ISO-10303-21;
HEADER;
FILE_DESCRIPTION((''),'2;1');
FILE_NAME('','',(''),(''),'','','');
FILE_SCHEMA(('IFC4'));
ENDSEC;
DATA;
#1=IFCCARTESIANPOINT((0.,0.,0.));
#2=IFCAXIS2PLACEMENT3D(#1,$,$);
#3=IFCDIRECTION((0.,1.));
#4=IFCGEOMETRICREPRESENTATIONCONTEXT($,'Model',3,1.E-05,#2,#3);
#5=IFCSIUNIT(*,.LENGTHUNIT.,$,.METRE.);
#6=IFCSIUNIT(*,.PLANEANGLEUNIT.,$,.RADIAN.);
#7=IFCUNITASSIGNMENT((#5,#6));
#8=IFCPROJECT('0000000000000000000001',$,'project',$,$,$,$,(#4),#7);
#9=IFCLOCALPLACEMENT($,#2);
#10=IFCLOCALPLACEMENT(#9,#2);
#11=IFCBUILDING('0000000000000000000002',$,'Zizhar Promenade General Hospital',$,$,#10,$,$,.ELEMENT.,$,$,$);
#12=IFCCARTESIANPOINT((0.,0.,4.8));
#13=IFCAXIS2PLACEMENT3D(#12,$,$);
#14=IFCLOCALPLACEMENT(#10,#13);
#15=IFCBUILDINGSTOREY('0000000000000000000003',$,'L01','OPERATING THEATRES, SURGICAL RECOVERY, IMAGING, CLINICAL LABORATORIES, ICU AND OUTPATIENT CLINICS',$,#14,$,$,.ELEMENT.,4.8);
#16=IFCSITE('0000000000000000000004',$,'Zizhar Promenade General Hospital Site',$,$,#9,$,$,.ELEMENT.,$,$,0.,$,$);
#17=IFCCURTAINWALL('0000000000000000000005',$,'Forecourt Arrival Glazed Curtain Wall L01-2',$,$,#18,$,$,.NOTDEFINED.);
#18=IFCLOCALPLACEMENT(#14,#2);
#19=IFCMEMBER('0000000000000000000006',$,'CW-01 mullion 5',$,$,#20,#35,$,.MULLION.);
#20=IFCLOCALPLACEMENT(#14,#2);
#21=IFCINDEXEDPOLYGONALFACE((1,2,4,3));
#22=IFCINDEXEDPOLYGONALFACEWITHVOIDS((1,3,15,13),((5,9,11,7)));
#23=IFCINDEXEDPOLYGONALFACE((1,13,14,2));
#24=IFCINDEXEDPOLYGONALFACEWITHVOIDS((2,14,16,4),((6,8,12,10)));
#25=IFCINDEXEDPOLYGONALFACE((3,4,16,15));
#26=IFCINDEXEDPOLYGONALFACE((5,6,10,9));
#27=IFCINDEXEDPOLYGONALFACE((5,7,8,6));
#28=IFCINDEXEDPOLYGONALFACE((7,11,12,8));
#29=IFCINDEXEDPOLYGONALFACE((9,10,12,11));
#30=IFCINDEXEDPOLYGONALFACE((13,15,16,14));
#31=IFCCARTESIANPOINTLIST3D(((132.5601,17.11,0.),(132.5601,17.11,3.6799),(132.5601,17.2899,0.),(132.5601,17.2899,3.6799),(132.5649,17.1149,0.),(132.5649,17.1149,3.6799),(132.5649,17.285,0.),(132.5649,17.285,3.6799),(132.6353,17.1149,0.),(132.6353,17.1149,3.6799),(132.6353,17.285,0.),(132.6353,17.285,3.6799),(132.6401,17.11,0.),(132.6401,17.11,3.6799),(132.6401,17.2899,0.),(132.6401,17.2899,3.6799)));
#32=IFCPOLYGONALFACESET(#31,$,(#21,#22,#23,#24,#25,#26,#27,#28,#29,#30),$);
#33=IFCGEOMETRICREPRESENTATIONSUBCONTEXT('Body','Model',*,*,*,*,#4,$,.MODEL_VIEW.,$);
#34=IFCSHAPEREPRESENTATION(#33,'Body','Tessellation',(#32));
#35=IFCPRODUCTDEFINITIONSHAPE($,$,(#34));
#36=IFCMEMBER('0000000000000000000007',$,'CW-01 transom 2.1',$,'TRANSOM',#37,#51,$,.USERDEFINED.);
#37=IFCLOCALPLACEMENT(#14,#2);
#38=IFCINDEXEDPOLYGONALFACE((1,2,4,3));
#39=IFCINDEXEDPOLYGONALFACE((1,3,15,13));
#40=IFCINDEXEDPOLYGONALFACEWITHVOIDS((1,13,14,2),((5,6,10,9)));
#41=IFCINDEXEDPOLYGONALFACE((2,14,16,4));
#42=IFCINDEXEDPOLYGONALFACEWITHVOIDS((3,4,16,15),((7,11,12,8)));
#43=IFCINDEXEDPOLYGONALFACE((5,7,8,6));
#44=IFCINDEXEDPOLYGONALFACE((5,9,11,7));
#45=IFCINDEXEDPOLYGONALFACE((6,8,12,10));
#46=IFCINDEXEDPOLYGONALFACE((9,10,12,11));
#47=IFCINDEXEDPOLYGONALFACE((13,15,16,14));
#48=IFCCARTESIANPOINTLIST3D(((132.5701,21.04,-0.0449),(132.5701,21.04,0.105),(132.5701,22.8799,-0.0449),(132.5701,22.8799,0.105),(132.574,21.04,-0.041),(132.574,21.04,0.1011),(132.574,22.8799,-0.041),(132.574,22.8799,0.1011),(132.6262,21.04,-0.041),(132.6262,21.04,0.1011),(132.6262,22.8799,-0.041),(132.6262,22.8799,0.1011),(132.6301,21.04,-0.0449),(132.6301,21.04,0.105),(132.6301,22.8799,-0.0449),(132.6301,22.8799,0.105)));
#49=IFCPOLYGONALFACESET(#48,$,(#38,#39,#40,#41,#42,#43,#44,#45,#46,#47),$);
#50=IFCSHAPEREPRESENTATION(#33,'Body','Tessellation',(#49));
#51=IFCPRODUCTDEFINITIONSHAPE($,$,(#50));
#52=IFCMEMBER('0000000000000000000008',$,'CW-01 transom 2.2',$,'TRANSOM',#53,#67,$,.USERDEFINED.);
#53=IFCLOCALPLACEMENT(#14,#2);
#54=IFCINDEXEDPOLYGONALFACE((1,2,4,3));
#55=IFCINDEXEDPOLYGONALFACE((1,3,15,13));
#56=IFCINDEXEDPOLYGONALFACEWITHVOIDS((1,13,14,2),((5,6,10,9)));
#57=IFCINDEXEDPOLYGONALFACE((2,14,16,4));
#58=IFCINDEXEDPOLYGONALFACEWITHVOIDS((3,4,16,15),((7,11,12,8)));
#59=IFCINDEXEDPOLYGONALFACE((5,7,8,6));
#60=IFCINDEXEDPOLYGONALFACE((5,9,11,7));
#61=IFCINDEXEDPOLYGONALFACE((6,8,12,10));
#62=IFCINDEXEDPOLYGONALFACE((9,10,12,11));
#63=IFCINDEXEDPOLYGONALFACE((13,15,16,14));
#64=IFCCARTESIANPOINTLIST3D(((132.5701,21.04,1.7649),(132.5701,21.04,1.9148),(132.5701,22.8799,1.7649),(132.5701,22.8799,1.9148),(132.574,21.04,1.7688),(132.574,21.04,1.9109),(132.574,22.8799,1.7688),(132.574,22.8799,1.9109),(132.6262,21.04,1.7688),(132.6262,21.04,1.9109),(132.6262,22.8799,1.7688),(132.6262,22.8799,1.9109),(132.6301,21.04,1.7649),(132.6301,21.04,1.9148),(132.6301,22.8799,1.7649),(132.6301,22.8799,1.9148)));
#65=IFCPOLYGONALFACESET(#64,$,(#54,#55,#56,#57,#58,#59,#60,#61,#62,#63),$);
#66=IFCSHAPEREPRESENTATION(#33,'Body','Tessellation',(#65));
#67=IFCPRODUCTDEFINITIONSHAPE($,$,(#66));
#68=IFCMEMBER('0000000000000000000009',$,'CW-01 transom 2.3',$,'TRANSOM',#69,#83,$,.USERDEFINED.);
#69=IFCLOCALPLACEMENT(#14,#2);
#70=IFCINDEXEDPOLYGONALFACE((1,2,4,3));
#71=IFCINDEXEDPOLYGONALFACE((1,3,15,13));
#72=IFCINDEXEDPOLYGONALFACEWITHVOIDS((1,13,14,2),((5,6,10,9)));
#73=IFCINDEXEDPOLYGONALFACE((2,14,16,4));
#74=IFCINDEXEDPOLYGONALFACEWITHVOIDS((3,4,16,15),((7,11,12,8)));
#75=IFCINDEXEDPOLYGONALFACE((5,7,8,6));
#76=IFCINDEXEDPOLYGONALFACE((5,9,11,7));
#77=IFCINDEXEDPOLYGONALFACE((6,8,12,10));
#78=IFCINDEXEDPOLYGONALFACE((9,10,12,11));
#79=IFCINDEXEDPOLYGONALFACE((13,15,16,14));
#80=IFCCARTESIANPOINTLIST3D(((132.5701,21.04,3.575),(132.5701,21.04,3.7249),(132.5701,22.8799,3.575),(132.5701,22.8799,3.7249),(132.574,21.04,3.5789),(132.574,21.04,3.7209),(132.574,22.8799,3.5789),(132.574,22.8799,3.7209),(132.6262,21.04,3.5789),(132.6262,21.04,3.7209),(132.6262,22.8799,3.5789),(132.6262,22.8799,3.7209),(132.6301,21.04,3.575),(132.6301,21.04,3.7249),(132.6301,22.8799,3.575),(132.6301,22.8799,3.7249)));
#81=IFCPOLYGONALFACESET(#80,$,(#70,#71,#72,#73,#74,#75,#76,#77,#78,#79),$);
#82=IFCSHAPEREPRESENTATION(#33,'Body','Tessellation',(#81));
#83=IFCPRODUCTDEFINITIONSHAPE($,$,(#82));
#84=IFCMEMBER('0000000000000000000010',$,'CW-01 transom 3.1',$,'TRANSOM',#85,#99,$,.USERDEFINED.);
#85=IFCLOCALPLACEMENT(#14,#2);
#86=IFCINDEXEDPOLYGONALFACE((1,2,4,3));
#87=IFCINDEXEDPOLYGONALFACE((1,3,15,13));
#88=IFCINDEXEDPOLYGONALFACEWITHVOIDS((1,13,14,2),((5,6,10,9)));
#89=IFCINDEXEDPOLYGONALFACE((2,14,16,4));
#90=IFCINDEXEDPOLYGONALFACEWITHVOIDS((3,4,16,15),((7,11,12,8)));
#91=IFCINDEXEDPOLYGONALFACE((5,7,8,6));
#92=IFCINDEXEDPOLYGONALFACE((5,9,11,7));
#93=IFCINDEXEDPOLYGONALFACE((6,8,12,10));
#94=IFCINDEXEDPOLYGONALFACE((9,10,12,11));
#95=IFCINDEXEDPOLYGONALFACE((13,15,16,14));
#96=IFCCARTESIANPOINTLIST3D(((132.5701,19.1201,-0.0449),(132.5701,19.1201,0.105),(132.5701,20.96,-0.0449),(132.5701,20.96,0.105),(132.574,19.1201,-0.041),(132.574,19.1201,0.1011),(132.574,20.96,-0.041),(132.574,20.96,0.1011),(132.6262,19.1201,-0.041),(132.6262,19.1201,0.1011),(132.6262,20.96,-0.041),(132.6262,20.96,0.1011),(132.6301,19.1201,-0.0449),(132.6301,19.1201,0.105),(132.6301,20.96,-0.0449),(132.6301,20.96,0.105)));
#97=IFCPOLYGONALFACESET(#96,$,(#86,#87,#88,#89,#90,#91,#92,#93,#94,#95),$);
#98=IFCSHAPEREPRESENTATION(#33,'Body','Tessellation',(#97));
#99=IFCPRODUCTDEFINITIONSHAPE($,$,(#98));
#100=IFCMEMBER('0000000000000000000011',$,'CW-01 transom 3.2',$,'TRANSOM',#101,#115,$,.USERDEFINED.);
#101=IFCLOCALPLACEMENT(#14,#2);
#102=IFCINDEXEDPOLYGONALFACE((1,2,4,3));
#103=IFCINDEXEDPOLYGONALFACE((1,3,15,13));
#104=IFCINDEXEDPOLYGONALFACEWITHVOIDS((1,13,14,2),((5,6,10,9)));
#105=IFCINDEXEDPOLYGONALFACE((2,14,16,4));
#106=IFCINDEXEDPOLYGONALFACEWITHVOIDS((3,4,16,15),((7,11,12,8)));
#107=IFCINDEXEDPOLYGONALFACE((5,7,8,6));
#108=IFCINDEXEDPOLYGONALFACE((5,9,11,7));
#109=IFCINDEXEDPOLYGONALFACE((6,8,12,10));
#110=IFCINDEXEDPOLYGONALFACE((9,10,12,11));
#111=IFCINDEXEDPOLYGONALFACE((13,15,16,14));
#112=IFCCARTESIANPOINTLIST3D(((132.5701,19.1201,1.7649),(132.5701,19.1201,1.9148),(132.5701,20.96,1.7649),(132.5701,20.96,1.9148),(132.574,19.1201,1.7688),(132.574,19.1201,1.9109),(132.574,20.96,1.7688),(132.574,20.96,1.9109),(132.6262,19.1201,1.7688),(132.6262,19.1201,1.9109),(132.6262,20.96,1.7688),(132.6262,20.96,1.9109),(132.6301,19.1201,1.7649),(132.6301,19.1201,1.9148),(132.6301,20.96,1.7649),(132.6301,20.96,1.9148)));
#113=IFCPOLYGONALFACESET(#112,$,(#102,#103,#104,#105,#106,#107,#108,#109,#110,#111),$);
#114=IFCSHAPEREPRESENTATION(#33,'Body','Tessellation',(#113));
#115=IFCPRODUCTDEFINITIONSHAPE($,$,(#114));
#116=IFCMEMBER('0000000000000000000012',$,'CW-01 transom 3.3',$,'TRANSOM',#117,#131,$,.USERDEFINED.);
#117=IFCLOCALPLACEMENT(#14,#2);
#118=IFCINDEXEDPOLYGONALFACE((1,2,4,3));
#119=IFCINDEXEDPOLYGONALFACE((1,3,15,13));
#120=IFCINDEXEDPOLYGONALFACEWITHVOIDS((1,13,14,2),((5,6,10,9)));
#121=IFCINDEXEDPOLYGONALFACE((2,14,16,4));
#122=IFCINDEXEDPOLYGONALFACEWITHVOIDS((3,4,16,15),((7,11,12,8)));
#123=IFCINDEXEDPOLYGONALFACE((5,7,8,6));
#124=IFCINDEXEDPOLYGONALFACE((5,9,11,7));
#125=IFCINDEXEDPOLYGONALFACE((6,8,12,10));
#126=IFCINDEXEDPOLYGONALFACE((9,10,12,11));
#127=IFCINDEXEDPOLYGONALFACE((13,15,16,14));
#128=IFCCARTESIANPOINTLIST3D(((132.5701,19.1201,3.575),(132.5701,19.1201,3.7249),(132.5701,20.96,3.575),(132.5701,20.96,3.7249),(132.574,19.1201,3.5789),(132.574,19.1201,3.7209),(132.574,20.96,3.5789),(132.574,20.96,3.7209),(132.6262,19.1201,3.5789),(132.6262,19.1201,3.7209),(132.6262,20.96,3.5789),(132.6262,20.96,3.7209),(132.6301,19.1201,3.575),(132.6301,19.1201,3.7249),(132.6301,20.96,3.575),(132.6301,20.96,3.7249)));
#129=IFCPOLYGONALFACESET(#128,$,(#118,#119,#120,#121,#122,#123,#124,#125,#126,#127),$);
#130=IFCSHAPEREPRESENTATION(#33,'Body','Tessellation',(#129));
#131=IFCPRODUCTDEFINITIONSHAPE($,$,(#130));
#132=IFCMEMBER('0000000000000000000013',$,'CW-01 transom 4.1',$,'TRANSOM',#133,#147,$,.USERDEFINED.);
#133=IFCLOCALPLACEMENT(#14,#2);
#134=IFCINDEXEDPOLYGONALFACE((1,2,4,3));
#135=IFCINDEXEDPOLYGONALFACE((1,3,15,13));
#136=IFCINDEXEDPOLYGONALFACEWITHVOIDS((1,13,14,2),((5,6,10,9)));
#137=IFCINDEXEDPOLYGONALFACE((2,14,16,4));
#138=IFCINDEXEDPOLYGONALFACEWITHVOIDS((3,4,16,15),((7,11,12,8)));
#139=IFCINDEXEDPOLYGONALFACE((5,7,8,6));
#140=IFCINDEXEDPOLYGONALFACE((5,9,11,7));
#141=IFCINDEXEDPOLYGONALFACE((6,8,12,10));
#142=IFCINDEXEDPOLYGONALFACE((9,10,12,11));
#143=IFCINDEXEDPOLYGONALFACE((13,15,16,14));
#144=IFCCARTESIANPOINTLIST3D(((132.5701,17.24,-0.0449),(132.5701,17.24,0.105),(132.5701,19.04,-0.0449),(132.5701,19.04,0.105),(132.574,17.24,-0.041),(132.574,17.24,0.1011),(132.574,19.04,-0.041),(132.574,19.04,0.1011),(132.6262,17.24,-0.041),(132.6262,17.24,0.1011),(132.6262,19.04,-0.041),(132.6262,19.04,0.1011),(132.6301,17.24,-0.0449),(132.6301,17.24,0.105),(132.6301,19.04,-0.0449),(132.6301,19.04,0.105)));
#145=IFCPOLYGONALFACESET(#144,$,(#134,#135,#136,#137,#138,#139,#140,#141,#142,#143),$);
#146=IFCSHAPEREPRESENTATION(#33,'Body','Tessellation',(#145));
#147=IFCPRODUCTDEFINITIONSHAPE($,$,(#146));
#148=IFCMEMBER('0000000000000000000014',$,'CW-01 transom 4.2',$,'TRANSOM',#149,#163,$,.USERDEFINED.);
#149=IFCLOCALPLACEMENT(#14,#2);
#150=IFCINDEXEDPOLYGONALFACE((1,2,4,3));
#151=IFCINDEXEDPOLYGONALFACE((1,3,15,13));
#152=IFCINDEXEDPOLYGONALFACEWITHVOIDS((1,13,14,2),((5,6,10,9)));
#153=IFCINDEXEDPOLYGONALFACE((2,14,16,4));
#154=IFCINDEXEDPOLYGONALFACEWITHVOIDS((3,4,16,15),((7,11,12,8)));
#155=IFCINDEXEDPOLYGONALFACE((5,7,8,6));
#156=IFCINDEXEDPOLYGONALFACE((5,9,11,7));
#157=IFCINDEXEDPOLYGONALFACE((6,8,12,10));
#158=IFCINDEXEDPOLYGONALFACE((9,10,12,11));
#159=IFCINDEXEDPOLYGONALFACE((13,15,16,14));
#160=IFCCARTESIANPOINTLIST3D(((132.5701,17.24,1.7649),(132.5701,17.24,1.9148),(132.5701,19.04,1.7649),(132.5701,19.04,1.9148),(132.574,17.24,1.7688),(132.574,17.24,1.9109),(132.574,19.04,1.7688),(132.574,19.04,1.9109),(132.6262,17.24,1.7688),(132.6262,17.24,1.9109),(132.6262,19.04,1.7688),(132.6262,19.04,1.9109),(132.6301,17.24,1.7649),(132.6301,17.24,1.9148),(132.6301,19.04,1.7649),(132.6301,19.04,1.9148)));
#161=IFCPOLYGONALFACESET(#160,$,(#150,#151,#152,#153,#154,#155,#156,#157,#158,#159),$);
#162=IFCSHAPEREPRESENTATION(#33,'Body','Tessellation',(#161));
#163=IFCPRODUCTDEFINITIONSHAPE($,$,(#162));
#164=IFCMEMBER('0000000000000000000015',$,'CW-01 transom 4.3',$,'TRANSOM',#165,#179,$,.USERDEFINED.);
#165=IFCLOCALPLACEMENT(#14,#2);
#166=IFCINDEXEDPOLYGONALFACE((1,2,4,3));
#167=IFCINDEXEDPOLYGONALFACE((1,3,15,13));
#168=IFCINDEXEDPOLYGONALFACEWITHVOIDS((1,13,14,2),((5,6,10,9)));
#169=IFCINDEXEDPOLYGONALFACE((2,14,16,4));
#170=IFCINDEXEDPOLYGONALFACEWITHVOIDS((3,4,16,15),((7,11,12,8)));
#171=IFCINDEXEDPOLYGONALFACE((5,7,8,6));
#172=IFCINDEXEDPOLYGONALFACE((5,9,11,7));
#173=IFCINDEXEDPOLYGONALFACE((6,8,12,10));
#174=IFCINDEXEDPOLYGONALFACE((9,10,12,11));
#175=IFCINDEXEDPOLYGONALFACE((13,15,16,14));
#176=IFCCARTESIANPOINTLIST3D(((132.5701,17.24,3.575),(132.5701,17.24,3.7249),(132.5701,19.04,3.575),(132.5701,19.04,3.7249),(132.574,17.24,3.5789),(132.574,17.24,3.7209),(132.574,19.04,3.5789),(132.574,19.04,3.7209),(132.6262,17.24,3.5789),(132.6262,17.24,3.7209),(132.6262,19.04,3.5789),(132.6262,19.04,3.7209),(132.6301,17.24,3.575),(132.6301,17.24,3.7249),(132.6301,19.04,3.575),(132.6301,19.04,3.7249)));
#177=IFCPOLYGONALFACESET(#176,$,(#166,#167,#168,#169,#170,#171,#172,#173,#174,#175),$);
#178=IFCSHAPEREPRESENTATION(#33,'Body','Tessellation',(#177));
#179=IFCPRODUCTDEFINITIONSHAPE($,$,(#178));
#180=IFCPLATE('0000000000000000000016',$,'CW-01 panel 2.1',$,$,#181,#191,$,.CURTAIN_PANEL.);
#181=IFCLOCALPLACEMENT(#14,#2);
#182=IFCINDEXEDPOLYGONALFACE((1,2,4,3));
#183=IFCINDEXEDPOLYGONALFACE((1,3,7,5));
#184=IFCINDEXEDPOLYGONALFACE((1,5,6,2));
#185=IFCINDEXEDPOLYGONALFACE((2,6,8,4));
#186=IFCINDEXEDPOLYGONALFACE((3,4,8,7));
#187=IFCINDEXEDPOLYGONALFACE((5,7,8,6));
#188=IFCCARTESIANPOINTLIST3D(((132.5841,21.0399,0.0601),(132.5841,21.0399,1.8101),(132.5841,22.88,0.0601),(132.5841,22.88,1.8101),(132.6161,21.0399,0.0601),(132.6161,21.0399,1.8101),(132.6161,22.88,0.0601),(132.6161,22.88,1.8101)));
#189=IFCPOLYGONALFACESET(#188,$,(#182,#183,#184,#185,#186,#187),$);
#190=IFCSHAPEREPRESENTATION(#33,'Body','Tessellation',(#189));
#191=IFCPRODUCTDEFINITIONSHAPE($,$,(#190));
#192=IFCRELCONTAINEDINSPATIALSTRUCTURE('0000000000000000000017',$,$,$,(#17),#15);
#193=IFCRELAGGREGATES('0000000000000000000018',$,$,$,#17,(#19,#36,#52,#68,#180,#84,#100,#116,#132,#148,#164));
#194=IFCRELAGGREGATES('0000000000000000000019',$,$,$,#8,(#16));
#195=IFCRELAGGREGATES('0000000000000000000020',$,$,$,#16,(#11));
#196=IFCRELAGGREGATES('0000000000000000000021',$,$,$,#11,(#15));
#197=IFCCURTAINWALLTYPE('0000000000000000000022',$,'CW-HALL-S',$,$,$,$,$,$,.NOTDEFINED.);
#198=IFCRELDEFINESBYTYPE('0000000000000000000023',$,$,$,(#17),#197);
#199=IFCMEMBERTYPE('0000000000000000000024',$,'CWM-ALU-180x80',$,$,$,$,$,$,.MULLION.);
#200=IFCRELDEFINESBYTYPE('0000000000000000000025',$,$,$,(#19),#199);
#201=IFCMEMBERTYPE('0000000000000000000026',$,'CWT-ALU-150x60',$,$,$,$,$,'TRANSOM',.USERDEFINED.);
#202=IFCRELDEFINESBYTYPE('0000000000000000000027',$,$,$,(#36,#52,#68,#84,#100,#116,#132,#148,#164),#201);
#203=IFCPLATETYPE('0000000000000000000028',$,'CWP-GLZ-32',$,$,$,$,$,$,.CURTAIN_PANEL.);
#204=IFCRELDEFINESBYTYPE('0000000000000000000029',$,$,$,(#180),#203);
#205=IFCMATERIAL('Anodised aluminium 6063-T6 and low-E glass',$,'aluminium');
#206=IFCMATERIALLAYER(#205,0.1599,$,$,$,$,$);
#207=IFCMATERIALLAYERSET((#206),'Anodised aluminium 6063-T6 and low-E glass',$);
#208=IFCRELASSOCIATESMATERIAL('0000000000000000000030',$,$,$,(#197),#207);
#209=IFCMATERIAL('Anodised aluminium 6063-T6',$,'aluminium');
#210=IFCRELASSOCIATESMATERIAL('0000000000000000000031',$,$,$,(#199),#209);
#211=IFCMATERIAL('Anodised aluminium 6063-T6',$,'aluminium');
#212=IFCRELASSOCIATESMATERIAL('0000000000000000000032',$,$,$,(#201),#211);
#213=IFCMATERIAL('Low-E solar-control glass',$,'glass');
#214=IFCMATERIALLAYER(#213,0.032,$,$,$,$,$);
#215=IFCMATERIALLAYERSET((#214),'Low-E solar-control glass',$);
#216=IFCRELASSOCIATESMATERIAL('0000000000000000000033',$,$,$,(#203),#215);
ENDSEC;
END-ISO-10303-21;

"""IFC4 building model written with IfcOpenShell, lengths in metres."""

from ifc_helpers import new_model, si_unit, direction, frame, origin, origin_2d, place, context, subcontext, project, spatial, rectangle, hollow_rectangle, extrude, material, layer, layer_set, material_profile, profile_set, type_object, element, aggregate, save


model = new_model("IFC4")

# Units and contexts
model_context = context("Model", 3, precision=1e-05, world=origin(), true_north=direction((0.0, 1.0)))
body_context = subcontext(model_context, "Body", "Model", "MODEL_VIEW")
ifc_project = project(units=[si_unit("LENGTHUNIT", "METRE"), si_unit("PLANEANGLEUNIT", "RADIAN")], contexts=[model_context])

# Site, building, storey
site_placement = place(None, origin())
site = spatial("IfcSite", under=ifc_project, at=site_placement, Name="Zizhar Promenade General Hospital Site", CompositionType="ELEMENT", RefElevation=0.0)
building_placement = place(site_placement, origin())
building = spatial("IfcBuilding", under=site, at=building_placement, Name="Zizhar Promenade General Hospital", CompositionType="ELEMENT")
storey_placement = place(building_placement, frame((0.0, 0.0, 4.8)))
storey = spatial("IfcBuildingStorey", under=building, at=storey_placement, Name="L01", Description="OPERATING THEATRES, SURGICAL RECOVERY, IMAGING, CLINICAL LABORATORIES, ICU AND OUTPATIENT CLINICS", CompositionType="ELEMENT", Elevation=4.8)

# Curtain wall, members, plate
ifc_material_1 = material(Name="Anodised aluminium 6063-T6 and low-E glass", Category="aluminium")
ifc_layer_1 = layer(ifc_material_1, 0.1599)
ifc_layer_set_1 = layer_set([ifc_layer_1], Name="Anodised aluminium 6063-T6 and low-E glass")
curtain_wall_type = type_object("IfcCurtainWallType", Name="CW-HALL-S", PredefinedType="NOTDEFINED", material=ifc_layer_set_1)
curtain_wall_placement = place(storey_placement, origin())
curtain_wall = element("IfcCurtainWall", 1, at=curtain_wall_placement, inside=storey, type_object=curtain_wall_type, Name="Forecourt Arrival Glazed Curtain Wall L01-2", PredefinedType="NOTDEFINED")
ifc_material_2 = material(Name="Anodised aluminium 6063-T6", Category="aluminium")
ifc_material_profile_1 = material_profile(ifc_material_2, hollow_rectangle(XDim=0.0801, YDim=0.1799, WallThickness=0.0049, at=origin_2d()))
ifc_profile_set_1 = profile_set([ifc_material_profile_1], Name="Anodised aluminium 6063-T6")
member_type_1 = type_object("IfcMemberType", Name="CWM-ALU-180x80", PredefinedType="MULLION", material=ifc_profile_set_1)
member_1_placement = place(storey_placement, frame((132.6001, 17.2, 0.0), z_axis=(0.0, 0.0, 1.0), x_axis=(1.0, 0.0, 0.0)))
member_1 = element("IfcMember", 2, at=member_1_placement, type_object=member_type_1, Name="CW-01 mullion 5", PredefinedType="MULLION", context=body_context, shape_type="SweptSolid", body=[
    extrude(hollow_rectangle(XDim=0.0801, YDim=0.1799, WallThickness=0.0049, at=origin_2d()), origin(), (0.0, 0.0, 1.0), 3.6799),
])
ifc_material_3 = material(Name="Anodised aluminium 6063-T6", Category="aluminium")
ifc_material_profile_2 = material_profile(ifc_material_3, hollow_rectangle(XDim=0.0601, YDim=0.1499, WallThickness=0.0039, at=origin_2d()))
ifc_profile_set_2 = profile_set([ifc_material_profile_2], Name="Anodised aluminium 6063-T6")
member_type_2 = type_object("IfcMemberType", Name="CWT-ALU-150x60", ElementType="TRANSOM", PredefinedType="USERDEFINED", material=ifc_profile_set_2)
member_2_placement = place(storey_placement, frame((132.6001, 22.8799, 0.03), z_axis=(0.0, -1.0, 0.0), x_axis=(1.0, 0.0, 0.0)))
member_2 = element("IfcMember", 3, at=member_2_placement, type_object=member_type_2, Name="CW-01 transom 2.1", ObjectType="TRANSOM", PredefinedType="USERDEFINED", context=body_context, shape_type="SweptSolid", body=[
    extrude(hollow_rectangle(XDim=0.0601, YDim=0.1499, WallThickness=0.0039, at=origin_2d()), origin(), (0.0, 0.0, 1.0), 1.8398),
])
member_3_placement = place(storey_placement, frame((132.6001, 22.8799, 1.8398), z_axis=(0.0, -1.0, 0.0), x_axis=(1.0, 0.0, 0.0)))
member_3 = element("IfcMember", 4, at=member_3_placement, type_object=member_type_2, Name="CW-01 transom 2.2", ObjectType="TRANSOM", PredefinedType="USERDEFINED", context=body_context, shape_type="SweptSolid", body=[
    extrude(hollow_rectangle(XDim=0.0601, YDim=0.1499, WallThickness=0.0039, at=origin_2d()), origin(), (0.0, 0.0, 1.0), 1.8398),
])
member_4_placement = place(storey_placement, frame((132.6001, 22.8799, 3.6499), z_axis=(0.0, -1.0, 0.0), x_axis=(1.0, 0.0, 0.0)))
member_4 = element("IfcMember", 5, at=member_4_placement, type_object=member_type_2, Name="CW-01 transom 2.3", ObjectType="TRANSOM", PredefinedType="USERDEFINED", context=body_context, shape_type="SweptSolid", body=[
    extrude(hollow_rectangle(XDim=0.0601, YDim=0.1499, WallThickness=0.0039, at=origin_2d()), origin(), (0.0, 0.0, 1.0), 1.8398),
])
member_5_placement = place(storey_placement, frame((132.6001, 20.96, 0.03), z_axis=(0.0, -1.0, 0.0), x_axis=(1.0, 0.0, 0.0)))
member_5 = element("IfcMember", 6, at=member_5_placement, type_object=member_type_2, Name="CW-01 transom 3.1", ObjectType="TRANSOM", PredefinedType="USERDEFINED", context=body_context, shape_type="SweptSolid", body=[
    extrude(hollow_rectangle(XDim=0.0601, YDim=0.1499, WallThickness=0.0039, at=origin_2d()), origin(), (0.0, 0.0, 1.0), 1.8398),
])
member_6_placement = place(storey_placement, frame((132.6001, 20.96, 1.8398), z_axis=(0.0, -1.0, 0.0), x_axis=(1.0, 0.0, 0.0)))
member_6 = element("IfcMember", 7, at=member_6_placement, type_object=member_type_2, Name="CW-01 transom 3.2", ObjectType="TRANSOM", PredefinedType="USERDEFINED", context=body_context, shape_type="SweptSolid", body=[
    extrude(hollow_rectangle(XDim=0.0601, YDim=0.1499, WallThickness=0.0039, at=origin_2d()), origin(), (0.0, 0.0, 1.0), 1.8398),
])
member_7_placement = place(storey_placement, frame((132.6001, 20.96, 3.6499), z_axis=(0.0, -1.0, 0.0), x_axis=(1.0, 0.0, 0.0)))
member_7 = element("IfcMember", 8, at=member_7_placement, type_object=member_type_2, Name="CW-01 transom 3.3", ObjectType="TRANSOM", PredefinedType="USERDEFINED", context=body_context, shape_type="SweptSolid", body=[
    extrude(hollow_rectangle(XDim=0.0601, YDim=0.1499, WallThickness=0.0039, at=origin_2d()), origin(), (0.0, 0.0, 1.0), 1.8398),
])
member_8_placement = place(storey_placement, frame((132.6001, 19.04, 0.03), z_axis=(0.0, -1.0, 0.0), x_axis=(1.0, 0.0, 0.0)))
member_8 = element("IfcMember", 9, at=member_8_placement, type_object=member_type_2, Name="CW-01 transom 4.1", ObjectType="TRANSOM", PredefinedType="USERDEFINED", context=body_context, shape_type="SweptSolid", body=[
    extrude(hollow_rectangle(XDim=0.0601, YDim=0.1499, WallThickness=0.0039, at=origin_2d()), origin(), (0.0, 0.0, 1.0), 1.8),
])
member_9_placement = place(storey_placement, frame((132.6001, 19.04, 1.8398), z_axis=(0.0, -1.0, 0.0), x_axis=(1.0, 0.0, 0.0)))
member_9 = element("IfcMember", 10, at=member_9_placement, type_object=member_type_2, Name="CW-01 transom 4.2", ObjectType="TRANSOM", PredefinedType="USERDEFINED", context=body_context, shape_type="SweptSolid", body=[
    extrude(hollow_rectangle(XDim=0.0601, YDim=0.1499, WallThickness=0.0039, at=origin_2d()), origin(), (0.0, 0.0, 1.0), 1.8),
])
member_10_placement = place(storey_placement, frame((132.6001, 19.04, 3.6499), z_axis=(0.0, -1.0, 0.0), x_axis=(1.0, 0.0, 0.0)))
member_10 = element("IfcMember", 11, at=member_10_placement, type_object=member_type_2, Name="CW-01 transom 4.3", ObjectType="TRANSOM", PredefinedType="USERDEFINED", context=body_context, shape_type="SweptSolid", body=[
    extrude(hollow_rectangle(XDim=0.0601, YDim=0.1499, WallThickness=0.0039, at=origin_2d()), origin(), (0.0, 0.0, 1.0), 1.8),
])
ifc_material_4 = material(Name="Low-E solar-control glass", Category="glass")
ifc_layer_2 = layer(ifc_material_4, 0.032)
ifc_layer_set_2 = layer_set([ifc_layer_2], Name="Low-E solar-control glass")
plate_type = type_object("IfcPlateType", Name="CWP-GLZ-32", PredefinedType="CURTAIN_PANEL", material=ifc_layer_set_2)
plate_1_placement = place(storey_placement, frame((132.6001, 21.96, 0.0601), z_axis=(0.0, 0.0, 1.0), x_axis=(0.0, -1.0, 0.0)))
plate_1 = element("IfcPlate", 12, at=plate_1_placement, type_object=plate_type, Name="CW-01 panel 2.1", PredefinedType="CURTAIN_PANEL", context=body_context, shape_type="SweptSolid", body=[
    extrude(rectangle(XDim=1.8401, YDim=0.032, at=origin_2d()), origin(), (0.0, 0.0, 1.0), 1.75),
])
aggregate(curtain_wall, [member_1, member_2, member_3, member_4, plate_1, member_5, member_6, member_7, member_8, member_9, member_10])

save(model, "model.ifc")
